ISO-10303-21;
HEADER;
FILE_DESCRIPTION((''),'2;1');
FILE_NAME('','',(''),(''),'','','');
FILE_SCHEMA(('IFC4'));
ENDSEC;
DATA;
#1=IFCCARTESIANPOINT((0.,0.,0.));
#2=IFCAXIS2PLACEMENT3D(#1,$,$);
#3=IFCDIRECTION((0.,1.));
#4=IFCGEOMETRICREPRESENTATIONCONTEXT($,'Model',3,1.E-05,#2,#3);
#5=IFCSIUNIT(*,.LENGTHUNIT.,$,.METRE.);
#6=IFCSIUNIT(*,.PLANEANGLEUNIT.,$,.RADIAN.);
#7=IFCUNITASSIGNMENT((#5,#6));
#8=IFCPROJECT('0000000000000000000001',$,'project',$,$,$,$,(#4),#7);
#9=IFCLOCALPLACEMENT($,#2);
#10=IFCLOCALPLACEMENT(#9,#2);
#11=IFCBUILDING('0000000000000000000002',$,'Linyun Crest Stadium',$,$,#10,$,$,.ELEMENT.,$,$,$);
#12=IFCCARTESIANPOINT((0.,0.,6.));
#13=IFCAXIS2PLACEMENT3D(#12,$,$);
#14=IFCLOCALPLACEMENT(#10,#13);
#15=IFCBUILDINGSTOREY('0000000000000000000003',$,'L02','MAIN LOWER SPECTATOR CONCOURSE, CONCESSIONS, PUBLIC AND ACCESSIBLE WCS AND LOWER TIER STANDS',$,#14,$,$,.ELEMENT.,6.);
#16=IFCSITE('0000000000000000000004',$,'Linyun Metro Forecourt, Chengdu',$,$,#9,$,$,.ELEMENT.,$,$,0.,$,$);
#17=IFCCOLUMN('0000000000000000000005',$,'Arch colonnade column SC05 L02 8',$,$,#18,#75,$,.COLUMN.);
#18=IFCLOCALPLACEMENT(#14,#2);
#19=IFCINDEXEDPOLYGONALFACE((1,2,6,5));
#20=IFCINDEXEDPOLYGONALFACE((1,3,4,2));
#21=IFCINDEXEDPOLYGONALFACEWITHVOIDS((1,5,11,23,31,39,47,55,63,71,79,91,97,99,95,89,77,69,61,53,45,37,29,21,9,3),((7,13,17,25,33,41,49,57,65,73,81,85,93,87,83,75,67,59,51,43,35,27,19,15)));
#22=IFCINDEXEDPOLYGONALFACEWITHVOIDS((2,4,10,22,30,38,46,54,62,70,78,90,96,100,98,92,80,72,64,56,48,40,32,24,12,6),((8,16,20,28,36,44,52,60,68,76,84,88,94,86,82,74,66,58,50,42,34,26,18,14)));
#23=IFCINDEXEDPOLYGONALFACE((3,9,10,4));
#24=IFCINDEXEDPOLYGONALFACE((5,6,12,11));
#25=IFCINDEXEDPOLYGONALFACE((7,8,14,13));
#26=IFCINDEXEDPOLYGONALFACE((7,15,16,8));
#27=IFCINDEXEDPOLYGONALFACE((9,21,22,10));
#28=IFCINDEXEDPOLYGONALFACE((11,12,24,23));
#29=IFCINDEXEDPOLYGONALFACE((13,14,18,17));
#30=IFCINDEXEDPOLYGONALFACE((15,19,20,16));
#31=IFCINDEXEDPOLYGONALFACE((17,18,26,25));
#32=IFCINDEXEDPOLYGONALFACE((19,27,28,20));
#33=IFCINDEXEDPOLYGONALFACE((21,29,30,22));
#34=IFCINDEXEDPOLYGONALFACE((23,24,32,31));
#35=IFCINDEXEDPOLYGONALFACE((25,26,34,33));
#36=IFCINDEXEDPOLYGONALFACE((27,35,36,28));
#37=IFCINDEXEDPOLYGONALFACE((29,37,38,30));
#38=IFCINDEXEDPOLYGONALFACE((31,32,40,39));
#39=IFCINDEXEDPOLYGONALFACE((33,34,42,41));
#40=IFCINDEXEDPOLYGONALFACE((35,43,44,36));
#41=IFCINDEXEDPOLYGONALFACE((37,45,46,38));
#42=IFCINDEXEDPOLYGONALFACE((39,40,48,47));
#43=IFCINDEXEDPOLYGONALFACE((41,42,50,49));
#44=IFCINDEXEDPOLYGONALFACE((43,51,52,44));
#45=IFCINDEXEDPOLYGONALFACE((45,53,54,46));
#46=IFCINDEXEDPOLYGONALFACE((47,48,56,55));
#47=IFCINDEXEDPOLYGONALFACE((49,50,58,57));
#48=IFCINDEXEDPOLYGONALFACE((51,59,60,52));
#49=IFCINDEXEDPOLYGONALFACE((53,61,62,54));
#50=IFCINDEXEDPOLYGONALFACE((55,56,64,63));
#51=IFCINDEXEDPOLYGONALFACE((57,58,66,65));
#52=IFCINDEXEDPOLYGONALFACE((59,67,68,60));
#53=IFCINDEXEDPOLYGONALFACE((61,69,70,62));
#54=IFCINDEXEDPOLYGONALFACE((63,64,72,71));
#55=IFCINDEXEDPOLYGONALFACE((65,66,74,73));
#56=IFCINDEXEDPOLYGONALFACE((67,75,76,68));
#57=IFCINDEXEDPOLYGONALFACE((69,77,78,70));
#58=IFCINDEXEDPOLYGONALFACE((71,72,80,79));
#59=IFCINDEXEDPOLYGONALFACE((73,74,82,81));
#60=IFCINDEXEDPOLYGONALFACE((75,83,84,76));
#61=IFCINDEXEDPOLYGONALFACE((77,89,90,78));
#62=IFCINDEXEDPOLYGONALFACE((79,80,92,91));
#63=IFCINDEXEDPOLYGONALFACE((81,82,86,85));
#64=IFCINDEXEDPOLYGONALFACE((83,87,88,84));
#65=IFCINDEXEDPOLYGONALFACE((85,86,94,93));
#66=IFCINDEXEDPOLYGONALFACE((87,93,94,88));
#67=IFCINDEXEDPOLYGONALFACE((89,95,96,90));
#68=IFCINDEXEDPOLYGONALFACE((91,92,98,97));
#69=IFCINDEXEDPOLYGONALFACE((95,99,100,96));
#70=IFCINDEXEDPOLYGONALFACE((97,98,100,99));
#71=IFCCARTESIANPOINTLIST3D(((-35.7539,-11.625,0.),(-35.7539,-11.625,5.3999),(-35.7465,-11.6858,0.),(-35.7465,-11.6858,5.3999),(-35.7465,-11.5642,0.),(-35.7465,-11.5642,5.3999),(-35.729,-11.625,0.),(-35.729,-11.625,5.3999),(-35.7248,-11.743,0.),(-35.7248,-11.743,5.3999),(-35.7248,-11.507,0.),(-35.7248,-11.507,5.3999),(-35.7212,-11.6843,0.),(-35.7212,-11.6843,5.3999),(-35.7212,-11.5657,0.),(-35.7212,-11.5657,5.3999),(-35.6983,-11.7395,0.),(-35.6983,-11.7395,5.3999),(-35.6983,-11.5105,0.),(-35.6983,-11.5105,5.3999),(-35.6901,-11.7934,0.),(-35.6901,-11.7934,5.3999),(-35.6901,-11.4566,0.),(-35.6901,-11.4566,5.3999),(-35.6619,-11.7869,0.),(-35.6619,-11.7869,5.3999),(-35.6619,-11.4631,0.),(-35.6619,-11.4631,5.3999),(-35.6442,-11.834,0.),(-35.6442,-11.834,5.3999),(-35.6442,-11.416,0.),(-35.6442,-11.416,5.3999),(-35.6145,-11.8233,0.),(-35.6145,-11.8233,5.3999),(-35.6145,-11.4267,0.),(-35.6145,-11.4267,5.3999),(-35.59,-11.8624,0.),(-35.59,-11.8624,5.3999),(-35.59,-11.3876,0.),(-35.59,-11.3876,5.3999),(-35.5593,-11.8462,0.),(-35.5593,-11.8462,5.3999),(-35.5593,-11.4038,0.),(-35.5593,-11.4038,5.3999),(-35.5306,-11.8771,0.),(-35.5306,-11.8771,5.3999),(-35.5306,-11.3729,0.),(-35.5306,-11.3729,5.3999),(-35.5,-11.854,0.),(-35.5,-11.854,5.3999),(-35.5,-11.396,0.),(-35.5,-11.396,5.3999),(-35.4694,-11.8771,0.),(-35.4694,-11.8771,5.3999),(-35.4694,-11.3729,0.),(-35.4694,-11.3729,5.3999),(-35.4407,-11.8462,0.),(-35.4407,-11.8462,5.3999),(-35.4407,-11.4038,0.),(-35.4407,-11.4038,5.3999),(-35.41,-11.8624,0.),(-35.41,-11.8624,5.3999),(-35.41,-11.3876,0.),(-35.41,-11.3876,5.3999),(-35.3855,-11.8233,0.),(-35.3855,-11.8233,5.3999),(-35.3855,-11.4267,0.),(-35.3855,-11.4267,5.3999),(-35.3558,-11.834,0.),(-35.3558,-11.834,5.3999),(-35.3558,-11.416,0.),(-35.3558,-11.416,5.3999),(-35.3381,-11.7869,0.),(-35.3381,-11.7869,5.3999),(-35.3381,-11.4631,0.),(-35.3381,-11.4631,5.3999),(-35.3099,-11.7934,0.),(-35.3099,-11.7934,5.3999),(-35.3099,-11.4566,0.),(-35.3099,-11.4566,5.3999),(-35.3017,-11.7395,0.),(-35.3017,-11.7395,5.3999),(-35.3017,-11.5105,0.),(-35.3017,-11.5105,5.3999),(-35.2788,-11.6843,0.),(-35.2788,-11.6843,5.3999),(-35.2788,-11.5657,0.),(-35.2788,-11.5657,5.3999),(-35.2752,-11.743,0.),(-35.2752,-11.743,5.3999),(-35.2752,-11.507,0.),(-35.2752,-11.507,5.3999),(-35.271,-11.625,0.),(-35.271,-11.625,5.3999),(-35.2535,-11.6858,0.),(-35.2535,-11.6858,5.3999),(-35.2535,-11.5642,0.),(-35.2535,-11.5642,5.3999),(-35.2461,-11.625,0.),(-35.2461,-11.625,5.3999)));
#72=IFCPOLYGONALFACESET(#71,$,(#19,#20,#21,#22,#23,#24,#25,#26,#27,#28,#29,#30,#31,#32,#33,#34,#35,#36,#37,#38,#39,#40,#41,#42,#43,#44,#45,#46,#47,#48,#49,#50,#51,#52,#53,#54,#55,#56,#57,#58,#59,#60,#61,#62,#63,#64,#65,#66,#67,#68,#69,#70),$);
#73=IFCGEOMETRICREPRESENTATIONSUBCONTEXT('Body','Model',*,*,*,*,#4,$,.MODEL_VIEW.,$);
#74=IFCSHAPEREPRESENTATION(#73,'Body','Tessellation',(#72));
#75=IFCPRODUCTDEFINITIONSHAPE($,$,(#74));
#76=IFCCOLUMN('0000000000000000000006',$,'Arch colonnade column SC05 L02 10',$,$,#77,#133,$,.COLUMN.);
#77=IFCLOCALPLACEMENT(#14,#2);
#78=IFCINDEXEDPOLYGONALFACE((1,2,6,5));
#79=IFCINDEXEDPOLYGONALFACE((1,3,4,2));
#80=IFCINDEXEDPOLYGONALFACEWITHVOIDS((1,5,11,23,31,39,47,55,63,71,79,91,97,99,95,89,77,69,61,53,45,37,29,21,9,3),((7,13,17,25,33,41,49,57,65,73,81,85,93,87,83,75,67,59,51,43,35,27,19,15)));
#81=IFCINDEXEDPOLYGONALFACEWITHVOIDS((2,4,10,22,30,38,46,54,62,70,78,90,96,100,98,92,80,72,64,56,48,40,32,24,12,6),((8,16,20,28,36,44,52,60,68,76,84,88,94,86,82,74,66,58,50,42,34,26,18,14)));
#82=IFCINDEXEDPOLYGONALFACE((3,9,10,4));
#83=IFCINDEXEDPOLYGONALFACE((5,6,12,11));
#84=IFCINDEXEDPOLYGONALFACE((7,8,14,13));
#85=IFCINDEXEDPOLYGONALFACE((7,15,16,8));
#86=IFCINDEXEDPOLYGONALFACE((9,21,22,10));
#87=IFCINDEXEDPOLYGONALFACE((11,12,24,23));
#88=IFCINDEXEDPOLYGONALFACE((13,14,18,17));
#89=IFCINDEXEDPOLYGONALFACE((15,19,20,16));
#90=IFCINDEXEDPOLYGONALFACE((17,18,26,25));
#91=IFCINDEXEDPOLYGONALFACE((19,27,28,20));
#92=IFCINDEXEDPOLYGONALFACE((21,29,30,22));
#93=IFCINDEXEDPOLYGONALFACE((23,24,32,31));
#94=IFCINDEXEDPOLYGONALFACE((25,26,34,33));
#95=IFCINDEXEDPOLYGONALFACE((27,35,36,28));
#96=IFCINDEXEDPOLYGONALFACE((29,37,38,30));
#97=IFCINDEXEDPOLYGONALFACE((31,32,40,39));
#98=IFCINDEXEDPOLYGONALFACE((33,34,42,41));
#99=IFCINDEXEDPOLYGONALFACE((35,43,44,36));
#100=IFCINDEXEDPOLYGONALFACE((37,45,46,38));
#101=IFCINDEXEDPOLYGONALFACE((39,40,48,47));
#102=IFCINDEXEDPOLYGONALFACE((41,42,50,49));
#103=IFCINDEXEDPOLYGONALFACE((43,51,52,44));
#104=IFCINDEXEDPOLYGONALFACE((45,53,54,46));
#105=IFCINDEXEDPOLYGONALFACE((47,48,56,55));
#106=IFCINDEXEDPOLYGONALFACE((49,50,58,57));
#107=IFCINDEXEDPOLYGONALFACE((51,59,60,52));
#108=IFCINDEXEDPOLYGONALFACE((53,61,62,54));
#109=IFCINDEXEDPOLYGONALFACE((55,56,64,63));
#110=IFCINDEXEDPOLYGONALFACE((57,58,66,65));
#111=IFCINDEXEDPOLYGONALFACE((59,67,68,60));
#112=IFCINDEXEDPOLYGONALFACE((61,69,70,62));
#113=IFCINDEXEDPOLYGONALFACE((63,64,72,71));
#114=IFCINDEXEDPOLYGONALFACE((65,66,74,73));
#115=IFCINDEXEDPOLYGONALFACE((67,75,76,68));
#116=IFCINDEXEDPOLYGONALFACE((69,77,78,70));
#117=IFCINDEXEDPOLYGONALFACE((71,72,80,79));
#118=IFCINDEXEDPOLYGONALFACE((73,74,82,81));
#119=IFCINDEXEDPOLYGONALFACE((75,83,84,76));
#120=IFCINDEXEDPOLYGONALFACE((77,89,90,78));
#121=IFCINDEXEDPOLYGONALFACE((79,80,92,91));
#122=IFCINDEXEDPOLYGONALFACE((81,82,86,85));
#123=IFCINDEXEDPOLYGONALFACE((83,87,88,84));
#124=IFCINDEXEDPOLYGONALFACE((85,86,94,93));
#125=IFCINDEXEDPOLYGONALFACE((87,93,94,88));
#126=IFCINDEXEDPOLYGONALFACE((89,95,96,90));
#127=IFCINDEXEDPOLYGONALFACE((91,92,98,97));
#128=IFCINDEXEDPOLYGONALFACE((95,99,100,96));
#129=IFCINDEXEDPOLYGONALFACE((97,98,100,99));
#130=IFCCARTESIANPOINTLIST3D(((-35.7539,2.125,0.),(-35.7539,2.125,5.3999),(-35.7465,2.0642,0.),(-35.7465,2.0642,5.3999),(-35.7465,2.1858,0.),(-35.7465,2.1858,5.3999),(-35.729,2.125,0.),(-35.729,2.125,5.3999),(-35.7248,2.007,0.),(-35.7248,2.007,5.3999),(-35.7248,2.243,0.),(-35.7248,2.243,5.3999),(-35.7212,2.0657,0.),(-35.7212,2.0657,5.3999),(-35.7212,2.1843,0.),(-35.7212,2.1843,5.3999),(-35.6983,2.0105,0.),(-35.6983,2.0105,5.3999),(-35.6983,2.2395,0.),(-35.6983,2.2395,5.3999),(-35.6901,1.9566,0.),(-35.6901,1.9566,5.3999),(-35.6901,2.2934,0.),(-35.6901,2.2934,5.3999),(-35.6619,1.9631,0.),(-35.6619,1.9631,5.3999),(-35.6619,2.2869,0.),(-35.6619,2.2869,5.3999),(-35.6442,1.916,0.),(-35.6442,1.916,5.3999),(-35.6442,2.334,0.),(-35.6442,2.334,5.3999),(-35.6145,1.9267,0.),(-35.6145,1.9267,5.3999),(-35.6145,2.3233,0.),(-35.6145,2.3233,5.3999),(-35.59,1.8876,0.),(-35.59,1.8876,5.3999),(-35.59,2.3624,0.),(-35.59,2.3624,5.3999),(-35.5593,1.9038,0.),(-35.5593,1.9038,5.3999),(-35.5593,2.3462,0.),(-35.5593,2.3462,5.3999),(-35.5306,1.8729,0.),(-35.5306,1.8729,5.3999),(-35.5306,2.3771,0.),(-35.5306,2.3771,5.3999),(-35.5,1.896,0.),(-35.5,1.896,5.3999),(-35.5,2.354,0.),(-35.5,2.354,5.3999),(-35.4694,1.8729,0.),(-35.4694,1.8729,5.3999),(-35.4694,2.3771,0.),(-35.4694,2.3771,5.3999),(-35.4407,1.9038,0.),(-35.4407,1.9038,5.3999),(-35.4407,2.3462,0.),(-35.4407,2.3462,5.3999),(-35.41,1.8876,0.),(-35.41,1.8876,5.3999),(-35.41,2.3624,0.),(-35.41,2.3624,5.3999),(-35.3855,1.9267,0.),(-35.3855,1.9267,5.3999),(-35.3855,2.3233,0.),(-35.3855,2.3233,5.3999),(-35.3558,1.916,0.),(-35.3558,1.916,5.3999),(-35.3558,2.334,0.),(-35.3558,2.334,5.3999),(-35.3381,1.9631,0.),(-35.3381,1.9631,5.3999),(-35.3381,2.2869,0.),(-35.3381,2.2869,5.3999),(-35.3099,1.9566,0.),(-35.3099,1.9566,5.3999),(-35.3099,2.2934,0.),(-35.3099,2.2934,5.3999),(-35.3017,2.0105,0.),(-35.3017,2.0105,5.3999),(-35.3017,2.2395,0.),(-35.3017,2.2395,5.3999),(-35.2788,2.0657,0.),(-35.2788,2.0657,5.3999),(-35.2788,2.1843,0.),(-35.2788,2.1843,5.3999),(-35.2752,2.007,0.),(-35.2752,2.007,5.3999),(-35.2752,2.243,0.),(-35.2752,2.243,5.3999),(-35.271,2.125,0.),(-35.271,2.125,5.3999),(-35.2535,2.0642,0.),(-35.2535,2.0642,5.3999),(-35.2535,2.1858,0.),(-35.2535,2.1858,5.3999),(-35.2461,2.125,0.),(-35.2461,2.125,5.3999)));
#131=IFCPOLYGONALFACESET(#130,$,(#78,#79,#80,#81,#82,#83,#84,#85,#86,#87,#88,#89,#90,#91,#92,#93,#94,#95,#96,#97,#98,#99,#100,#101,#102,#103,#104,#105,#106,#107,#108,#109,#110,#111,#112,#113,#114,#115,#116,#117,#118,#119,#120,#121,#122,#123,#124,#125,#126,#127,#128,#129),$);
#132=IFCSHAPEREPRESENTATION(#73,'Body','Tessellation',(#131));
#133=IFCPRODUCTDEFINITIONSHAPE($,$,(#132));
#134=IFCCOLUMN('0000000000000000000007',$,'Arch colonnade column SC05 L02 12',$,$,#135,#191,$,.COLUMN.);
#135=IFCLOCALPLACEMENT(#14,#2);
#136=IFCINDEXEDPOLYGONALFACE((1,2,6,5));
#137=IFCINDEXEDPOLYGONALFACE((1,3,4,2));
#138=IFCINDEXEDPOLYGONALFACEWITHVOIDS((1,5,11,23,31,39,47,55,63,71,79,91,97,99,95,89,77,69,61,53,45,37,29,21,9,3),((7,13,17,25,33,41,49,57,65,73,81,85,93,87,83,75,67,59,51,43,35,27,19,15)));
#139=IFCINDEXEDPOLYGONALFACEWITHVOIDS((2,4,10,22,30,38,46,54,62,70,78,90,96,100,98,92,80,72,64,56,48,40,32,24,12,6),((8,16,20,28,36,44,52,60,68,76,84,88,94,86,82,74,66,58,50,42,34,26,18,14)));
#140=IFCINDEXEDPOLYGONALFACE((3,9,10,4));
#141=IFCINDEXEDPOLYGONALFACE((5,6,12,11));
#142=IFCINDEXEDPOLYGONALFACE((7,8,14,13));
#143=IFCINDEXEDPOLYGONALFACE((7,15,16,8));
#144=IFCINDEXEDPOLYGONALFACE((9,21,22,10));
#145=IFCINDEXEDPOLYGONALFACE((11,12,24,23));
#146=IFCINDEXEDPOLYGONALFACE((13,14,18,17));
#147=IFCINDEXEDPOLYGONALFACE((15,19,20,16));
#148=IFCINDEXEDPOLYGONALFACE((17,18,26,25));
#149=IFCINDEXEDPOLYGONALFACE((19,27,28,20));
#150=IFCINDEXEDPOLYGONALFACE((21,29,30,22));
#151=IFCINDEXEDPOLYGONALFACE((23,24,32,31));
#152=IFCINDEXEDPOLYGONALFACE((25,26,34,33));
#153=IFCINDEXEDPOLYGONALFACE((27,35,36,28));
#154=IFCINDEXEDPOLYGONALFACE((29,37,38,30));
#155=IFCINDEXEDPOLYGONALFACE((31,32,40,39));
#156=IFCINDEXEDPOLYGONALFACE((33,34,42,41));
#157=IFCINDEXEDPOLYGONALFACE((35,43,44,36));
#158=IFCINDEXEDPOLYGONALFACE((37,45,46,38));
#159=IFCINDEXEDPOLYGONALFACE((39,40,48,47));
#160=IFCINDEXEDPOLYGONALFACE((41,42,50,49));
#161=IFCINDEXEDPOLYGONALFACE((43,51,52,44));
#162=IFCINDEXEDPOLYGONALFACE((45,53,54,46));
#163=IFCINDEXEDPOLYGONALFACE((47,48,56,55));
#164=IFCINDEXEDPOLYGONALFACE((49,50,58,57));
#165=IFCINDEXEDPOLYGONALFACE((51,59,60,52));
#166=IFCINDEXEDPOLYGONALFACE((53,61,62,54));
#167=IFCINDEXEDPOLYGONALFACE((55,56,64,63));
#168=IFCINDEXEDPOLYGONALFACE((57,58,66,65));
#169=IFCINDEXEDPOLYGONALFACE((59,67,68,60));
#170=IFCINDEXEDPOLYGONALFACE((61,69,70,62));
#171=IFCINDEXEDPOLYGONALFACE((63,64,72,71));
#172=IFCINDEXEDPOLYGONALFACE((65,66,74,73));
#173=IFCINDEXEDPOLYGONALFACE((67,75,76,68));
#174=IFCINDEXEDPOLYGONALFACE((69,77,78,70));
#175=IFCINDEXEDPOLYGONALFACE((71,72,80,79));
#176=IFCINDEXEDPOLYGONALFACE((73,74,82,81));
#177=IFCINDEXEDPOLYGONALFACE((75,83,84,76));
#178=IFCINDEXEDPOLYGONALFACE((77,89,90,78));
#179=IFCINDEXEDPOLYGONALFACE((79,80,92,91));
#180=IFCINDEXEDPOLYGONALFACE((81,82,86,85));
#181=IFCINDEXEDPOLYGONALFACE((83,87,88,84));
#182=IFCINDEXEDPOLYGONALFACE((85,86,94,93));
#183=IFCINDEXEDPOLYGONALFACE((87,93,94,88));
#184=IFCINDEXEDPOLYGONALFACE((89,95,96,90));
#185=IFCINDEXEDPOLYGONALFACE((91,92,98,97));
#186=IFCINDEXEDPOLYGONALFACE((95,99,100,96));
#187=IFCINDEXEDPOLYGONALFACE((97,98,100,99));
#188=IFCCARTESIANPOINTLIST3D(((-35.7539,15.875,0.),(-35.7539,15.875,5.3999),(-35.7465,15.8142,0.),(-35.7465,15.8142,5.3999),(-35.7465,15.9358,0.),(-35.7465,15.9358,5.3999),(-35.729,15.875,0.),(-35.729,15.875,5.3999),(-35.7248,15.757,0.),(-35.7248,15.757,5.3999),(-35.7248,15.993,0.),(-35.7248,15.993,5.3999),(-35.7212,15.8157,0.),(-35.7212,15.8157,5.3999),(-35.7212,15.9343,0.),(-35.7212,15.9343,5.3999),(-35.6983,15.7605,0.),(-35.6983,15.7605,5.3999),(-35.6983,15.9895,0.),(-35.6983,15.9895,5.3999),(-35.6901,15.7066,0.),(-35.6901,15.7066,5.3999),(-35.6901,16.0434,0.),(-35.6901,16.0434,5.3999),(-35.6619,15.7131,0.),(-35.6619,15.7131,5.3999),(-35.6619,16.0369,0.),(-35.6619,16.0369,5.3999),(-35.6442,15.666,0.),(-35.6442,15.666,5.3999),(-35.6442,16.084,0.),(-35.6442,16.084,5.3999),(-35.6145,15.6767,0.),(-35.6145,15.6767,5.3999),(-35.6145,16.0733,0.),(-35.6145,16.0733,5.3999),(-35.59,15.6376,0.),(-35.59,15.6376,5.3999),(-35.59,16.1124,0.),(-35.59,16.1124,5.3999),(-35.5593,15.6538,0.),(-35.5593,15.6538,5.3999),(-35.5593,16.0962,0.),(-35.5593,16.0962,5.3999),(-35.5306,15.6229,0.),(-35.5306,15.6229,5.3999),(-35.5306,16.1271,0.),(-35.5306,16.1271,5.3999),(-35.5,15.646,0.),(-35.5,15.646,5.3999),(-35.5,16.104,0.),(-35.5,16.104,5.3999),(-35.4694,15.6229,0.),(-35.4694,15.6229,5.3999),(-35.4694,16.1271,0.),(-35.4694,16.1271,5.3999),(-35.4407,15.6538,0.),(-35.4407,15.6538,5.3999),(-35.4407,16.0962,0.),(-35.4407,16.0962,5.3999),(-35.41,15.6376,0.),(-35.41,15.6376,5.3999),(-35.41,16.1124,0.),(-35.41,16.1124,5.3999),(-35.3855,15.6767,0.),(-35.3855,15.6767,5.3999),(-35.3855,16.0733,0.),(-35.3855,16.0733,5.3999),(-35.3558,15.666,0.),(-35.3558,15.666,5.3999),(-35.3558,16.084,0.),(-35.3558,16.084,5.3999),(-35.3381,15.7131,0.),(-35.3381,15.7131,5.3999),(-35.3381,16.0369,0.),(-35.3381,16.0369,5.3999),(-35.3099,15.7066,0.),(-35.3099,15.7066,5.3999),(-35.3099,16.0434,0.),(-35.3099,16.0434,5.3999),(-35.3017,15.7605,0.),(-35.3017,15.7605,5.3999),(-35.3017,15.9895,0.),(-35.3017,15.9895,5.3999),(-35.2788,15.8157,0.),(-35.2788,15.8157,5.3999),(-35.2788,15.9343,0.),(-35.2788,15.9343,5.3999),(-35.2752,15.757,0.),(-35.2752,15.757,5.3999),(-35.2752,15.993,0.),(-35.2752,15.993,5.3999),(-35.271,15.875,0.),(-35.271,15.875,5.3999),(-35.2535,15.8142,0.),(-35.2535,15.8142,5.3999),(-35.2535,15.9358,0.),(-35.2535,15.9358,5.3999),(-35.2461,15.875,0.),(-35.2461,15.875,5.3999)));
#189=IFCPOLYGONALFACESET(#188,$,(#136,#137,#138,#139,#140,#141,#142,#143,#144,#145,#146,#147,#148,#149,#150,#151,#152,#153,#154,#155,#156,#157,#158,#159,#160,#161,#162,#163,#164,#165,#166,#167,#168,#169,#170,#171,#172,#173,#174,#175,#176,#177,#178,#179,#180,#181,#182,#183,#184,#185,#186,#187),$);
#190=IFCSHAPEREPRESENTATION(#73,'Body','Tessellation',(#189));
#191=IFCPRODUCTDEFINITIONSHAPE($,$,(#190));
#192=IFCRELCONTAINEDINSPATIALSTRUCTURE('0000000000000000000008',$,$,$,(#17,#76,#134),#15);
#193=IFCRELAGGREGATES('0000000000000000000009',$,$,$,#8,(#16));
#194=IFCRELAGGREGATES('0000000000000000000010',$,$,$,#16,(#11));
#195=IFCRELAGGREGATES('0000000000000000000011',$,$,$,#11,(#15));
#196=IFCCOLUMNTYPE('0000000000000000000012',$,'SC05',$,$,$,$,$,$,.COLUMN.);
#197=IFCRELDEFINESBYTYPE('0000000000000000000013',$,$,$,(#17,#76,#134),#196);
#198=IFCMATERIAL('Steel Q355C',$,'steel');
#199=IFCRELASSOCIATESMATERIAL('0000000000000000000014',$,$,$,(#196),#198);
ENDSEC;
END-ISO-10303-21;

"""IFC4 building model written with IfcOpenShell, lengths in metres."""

from ifc_helpers import new_model, si_unit, direction, frame, origin, origin_2d, place, context, subcontext, project, spatial, hollow_circle, extrude, material, material_profile, profile_set, type_object, element, save


model = new_model("IFC4")

# Units and contexts
model_context = context("Model", 3, precision=1e-05, world=origin(), true_north=direction((0.0, 1.0)))
body_context = subcontext(model_context, "Body", "Model", "MODEL_VIEW")
ifc_project = project(units=[si_unit("LENGTHUNIT", "METRE"), si_unit("PLANEANGLEUNIT", "RADIAN")], contexts=[model_context])

# Site, building, storey
site_placement = place(None, origin())
site = spatial("IfcSite", under=ifc_project, at=site_placement, Name="Linyun Metro Forecourt, Chengdu", CompositionType="ELEMENT", RefElevation=0.0)
building_placement = place(site_placement, origin())
building = spatial("IfcBuilding", under=site, at=building_placement, Name="Linyun Crest Stadium", CompositionType="ELEMENT")
storey_placement = place(building_placement, frame((0.0, 0.0, 6.0)))
storey = spatial("IfcBuildingStorey", under=building, at=storey_placement, Name="L02", Description="MAIN LOWER SPECTATOR CONCOURSE, CONCESSIONS, PUBLIC AND ACCESSIBLE WCS AND LOWER TIER STANDS", CompositionType="ELEMENT", Elevation=6.0)

# Columns
ifc_material_1 = material(Name="Steel Q355C", Category="steel")
ifc_material_profile = material_profile(ifc_material_1, hollow_circle(Radius=0.2539, WallThickness=0.0249, at=origin_2d()), Name="CHS 508x25")
ifc_profile_set = profile_set([ifc_material_profile], Name="Steel Q355C")
column_type = type_object("IfcColumnType", Name="SC05", PredefinedType="COLUMN", material=ifc_profile_set)
for number, where, z_axis, x_axis, name in (
    (1, (-35.5, -11.625, 0.0), (0.0, 0.0, 1.0), (1.0, 0.0, 0.0), "Arch colonnade column SC05 L02 8"),
    (2, (-35.5, 2.125, 0.0), (0.0, 0.0, 1.0), (1.0, 0.0, 0.0), "Arch colonnade column SC05 L02 10"),
    (3, (-35.5, 15.875, 0.0), (0.0, 0.0, 1.0), (1.0, 0.0, 0.0), "Arch colonnade column SC05 L02 12"),
):
    element("IfcColumn", number, at=place(storey_placement, frame(where, z_axis=z_axis, x_axis=x_axis)), inside=storey, type_object=column_type, Name=name, PredefinedType="COLUMN", context=body_context, shape_type="SweptSolid", body=[
        extrude(hollow_circle(Radius=0.2539, WallThickness=0.0249, at=origin_2d()), origin(), (0.0, 0.0, 1.0), 5.3999),
    ])

save(model, "model.ifc")
